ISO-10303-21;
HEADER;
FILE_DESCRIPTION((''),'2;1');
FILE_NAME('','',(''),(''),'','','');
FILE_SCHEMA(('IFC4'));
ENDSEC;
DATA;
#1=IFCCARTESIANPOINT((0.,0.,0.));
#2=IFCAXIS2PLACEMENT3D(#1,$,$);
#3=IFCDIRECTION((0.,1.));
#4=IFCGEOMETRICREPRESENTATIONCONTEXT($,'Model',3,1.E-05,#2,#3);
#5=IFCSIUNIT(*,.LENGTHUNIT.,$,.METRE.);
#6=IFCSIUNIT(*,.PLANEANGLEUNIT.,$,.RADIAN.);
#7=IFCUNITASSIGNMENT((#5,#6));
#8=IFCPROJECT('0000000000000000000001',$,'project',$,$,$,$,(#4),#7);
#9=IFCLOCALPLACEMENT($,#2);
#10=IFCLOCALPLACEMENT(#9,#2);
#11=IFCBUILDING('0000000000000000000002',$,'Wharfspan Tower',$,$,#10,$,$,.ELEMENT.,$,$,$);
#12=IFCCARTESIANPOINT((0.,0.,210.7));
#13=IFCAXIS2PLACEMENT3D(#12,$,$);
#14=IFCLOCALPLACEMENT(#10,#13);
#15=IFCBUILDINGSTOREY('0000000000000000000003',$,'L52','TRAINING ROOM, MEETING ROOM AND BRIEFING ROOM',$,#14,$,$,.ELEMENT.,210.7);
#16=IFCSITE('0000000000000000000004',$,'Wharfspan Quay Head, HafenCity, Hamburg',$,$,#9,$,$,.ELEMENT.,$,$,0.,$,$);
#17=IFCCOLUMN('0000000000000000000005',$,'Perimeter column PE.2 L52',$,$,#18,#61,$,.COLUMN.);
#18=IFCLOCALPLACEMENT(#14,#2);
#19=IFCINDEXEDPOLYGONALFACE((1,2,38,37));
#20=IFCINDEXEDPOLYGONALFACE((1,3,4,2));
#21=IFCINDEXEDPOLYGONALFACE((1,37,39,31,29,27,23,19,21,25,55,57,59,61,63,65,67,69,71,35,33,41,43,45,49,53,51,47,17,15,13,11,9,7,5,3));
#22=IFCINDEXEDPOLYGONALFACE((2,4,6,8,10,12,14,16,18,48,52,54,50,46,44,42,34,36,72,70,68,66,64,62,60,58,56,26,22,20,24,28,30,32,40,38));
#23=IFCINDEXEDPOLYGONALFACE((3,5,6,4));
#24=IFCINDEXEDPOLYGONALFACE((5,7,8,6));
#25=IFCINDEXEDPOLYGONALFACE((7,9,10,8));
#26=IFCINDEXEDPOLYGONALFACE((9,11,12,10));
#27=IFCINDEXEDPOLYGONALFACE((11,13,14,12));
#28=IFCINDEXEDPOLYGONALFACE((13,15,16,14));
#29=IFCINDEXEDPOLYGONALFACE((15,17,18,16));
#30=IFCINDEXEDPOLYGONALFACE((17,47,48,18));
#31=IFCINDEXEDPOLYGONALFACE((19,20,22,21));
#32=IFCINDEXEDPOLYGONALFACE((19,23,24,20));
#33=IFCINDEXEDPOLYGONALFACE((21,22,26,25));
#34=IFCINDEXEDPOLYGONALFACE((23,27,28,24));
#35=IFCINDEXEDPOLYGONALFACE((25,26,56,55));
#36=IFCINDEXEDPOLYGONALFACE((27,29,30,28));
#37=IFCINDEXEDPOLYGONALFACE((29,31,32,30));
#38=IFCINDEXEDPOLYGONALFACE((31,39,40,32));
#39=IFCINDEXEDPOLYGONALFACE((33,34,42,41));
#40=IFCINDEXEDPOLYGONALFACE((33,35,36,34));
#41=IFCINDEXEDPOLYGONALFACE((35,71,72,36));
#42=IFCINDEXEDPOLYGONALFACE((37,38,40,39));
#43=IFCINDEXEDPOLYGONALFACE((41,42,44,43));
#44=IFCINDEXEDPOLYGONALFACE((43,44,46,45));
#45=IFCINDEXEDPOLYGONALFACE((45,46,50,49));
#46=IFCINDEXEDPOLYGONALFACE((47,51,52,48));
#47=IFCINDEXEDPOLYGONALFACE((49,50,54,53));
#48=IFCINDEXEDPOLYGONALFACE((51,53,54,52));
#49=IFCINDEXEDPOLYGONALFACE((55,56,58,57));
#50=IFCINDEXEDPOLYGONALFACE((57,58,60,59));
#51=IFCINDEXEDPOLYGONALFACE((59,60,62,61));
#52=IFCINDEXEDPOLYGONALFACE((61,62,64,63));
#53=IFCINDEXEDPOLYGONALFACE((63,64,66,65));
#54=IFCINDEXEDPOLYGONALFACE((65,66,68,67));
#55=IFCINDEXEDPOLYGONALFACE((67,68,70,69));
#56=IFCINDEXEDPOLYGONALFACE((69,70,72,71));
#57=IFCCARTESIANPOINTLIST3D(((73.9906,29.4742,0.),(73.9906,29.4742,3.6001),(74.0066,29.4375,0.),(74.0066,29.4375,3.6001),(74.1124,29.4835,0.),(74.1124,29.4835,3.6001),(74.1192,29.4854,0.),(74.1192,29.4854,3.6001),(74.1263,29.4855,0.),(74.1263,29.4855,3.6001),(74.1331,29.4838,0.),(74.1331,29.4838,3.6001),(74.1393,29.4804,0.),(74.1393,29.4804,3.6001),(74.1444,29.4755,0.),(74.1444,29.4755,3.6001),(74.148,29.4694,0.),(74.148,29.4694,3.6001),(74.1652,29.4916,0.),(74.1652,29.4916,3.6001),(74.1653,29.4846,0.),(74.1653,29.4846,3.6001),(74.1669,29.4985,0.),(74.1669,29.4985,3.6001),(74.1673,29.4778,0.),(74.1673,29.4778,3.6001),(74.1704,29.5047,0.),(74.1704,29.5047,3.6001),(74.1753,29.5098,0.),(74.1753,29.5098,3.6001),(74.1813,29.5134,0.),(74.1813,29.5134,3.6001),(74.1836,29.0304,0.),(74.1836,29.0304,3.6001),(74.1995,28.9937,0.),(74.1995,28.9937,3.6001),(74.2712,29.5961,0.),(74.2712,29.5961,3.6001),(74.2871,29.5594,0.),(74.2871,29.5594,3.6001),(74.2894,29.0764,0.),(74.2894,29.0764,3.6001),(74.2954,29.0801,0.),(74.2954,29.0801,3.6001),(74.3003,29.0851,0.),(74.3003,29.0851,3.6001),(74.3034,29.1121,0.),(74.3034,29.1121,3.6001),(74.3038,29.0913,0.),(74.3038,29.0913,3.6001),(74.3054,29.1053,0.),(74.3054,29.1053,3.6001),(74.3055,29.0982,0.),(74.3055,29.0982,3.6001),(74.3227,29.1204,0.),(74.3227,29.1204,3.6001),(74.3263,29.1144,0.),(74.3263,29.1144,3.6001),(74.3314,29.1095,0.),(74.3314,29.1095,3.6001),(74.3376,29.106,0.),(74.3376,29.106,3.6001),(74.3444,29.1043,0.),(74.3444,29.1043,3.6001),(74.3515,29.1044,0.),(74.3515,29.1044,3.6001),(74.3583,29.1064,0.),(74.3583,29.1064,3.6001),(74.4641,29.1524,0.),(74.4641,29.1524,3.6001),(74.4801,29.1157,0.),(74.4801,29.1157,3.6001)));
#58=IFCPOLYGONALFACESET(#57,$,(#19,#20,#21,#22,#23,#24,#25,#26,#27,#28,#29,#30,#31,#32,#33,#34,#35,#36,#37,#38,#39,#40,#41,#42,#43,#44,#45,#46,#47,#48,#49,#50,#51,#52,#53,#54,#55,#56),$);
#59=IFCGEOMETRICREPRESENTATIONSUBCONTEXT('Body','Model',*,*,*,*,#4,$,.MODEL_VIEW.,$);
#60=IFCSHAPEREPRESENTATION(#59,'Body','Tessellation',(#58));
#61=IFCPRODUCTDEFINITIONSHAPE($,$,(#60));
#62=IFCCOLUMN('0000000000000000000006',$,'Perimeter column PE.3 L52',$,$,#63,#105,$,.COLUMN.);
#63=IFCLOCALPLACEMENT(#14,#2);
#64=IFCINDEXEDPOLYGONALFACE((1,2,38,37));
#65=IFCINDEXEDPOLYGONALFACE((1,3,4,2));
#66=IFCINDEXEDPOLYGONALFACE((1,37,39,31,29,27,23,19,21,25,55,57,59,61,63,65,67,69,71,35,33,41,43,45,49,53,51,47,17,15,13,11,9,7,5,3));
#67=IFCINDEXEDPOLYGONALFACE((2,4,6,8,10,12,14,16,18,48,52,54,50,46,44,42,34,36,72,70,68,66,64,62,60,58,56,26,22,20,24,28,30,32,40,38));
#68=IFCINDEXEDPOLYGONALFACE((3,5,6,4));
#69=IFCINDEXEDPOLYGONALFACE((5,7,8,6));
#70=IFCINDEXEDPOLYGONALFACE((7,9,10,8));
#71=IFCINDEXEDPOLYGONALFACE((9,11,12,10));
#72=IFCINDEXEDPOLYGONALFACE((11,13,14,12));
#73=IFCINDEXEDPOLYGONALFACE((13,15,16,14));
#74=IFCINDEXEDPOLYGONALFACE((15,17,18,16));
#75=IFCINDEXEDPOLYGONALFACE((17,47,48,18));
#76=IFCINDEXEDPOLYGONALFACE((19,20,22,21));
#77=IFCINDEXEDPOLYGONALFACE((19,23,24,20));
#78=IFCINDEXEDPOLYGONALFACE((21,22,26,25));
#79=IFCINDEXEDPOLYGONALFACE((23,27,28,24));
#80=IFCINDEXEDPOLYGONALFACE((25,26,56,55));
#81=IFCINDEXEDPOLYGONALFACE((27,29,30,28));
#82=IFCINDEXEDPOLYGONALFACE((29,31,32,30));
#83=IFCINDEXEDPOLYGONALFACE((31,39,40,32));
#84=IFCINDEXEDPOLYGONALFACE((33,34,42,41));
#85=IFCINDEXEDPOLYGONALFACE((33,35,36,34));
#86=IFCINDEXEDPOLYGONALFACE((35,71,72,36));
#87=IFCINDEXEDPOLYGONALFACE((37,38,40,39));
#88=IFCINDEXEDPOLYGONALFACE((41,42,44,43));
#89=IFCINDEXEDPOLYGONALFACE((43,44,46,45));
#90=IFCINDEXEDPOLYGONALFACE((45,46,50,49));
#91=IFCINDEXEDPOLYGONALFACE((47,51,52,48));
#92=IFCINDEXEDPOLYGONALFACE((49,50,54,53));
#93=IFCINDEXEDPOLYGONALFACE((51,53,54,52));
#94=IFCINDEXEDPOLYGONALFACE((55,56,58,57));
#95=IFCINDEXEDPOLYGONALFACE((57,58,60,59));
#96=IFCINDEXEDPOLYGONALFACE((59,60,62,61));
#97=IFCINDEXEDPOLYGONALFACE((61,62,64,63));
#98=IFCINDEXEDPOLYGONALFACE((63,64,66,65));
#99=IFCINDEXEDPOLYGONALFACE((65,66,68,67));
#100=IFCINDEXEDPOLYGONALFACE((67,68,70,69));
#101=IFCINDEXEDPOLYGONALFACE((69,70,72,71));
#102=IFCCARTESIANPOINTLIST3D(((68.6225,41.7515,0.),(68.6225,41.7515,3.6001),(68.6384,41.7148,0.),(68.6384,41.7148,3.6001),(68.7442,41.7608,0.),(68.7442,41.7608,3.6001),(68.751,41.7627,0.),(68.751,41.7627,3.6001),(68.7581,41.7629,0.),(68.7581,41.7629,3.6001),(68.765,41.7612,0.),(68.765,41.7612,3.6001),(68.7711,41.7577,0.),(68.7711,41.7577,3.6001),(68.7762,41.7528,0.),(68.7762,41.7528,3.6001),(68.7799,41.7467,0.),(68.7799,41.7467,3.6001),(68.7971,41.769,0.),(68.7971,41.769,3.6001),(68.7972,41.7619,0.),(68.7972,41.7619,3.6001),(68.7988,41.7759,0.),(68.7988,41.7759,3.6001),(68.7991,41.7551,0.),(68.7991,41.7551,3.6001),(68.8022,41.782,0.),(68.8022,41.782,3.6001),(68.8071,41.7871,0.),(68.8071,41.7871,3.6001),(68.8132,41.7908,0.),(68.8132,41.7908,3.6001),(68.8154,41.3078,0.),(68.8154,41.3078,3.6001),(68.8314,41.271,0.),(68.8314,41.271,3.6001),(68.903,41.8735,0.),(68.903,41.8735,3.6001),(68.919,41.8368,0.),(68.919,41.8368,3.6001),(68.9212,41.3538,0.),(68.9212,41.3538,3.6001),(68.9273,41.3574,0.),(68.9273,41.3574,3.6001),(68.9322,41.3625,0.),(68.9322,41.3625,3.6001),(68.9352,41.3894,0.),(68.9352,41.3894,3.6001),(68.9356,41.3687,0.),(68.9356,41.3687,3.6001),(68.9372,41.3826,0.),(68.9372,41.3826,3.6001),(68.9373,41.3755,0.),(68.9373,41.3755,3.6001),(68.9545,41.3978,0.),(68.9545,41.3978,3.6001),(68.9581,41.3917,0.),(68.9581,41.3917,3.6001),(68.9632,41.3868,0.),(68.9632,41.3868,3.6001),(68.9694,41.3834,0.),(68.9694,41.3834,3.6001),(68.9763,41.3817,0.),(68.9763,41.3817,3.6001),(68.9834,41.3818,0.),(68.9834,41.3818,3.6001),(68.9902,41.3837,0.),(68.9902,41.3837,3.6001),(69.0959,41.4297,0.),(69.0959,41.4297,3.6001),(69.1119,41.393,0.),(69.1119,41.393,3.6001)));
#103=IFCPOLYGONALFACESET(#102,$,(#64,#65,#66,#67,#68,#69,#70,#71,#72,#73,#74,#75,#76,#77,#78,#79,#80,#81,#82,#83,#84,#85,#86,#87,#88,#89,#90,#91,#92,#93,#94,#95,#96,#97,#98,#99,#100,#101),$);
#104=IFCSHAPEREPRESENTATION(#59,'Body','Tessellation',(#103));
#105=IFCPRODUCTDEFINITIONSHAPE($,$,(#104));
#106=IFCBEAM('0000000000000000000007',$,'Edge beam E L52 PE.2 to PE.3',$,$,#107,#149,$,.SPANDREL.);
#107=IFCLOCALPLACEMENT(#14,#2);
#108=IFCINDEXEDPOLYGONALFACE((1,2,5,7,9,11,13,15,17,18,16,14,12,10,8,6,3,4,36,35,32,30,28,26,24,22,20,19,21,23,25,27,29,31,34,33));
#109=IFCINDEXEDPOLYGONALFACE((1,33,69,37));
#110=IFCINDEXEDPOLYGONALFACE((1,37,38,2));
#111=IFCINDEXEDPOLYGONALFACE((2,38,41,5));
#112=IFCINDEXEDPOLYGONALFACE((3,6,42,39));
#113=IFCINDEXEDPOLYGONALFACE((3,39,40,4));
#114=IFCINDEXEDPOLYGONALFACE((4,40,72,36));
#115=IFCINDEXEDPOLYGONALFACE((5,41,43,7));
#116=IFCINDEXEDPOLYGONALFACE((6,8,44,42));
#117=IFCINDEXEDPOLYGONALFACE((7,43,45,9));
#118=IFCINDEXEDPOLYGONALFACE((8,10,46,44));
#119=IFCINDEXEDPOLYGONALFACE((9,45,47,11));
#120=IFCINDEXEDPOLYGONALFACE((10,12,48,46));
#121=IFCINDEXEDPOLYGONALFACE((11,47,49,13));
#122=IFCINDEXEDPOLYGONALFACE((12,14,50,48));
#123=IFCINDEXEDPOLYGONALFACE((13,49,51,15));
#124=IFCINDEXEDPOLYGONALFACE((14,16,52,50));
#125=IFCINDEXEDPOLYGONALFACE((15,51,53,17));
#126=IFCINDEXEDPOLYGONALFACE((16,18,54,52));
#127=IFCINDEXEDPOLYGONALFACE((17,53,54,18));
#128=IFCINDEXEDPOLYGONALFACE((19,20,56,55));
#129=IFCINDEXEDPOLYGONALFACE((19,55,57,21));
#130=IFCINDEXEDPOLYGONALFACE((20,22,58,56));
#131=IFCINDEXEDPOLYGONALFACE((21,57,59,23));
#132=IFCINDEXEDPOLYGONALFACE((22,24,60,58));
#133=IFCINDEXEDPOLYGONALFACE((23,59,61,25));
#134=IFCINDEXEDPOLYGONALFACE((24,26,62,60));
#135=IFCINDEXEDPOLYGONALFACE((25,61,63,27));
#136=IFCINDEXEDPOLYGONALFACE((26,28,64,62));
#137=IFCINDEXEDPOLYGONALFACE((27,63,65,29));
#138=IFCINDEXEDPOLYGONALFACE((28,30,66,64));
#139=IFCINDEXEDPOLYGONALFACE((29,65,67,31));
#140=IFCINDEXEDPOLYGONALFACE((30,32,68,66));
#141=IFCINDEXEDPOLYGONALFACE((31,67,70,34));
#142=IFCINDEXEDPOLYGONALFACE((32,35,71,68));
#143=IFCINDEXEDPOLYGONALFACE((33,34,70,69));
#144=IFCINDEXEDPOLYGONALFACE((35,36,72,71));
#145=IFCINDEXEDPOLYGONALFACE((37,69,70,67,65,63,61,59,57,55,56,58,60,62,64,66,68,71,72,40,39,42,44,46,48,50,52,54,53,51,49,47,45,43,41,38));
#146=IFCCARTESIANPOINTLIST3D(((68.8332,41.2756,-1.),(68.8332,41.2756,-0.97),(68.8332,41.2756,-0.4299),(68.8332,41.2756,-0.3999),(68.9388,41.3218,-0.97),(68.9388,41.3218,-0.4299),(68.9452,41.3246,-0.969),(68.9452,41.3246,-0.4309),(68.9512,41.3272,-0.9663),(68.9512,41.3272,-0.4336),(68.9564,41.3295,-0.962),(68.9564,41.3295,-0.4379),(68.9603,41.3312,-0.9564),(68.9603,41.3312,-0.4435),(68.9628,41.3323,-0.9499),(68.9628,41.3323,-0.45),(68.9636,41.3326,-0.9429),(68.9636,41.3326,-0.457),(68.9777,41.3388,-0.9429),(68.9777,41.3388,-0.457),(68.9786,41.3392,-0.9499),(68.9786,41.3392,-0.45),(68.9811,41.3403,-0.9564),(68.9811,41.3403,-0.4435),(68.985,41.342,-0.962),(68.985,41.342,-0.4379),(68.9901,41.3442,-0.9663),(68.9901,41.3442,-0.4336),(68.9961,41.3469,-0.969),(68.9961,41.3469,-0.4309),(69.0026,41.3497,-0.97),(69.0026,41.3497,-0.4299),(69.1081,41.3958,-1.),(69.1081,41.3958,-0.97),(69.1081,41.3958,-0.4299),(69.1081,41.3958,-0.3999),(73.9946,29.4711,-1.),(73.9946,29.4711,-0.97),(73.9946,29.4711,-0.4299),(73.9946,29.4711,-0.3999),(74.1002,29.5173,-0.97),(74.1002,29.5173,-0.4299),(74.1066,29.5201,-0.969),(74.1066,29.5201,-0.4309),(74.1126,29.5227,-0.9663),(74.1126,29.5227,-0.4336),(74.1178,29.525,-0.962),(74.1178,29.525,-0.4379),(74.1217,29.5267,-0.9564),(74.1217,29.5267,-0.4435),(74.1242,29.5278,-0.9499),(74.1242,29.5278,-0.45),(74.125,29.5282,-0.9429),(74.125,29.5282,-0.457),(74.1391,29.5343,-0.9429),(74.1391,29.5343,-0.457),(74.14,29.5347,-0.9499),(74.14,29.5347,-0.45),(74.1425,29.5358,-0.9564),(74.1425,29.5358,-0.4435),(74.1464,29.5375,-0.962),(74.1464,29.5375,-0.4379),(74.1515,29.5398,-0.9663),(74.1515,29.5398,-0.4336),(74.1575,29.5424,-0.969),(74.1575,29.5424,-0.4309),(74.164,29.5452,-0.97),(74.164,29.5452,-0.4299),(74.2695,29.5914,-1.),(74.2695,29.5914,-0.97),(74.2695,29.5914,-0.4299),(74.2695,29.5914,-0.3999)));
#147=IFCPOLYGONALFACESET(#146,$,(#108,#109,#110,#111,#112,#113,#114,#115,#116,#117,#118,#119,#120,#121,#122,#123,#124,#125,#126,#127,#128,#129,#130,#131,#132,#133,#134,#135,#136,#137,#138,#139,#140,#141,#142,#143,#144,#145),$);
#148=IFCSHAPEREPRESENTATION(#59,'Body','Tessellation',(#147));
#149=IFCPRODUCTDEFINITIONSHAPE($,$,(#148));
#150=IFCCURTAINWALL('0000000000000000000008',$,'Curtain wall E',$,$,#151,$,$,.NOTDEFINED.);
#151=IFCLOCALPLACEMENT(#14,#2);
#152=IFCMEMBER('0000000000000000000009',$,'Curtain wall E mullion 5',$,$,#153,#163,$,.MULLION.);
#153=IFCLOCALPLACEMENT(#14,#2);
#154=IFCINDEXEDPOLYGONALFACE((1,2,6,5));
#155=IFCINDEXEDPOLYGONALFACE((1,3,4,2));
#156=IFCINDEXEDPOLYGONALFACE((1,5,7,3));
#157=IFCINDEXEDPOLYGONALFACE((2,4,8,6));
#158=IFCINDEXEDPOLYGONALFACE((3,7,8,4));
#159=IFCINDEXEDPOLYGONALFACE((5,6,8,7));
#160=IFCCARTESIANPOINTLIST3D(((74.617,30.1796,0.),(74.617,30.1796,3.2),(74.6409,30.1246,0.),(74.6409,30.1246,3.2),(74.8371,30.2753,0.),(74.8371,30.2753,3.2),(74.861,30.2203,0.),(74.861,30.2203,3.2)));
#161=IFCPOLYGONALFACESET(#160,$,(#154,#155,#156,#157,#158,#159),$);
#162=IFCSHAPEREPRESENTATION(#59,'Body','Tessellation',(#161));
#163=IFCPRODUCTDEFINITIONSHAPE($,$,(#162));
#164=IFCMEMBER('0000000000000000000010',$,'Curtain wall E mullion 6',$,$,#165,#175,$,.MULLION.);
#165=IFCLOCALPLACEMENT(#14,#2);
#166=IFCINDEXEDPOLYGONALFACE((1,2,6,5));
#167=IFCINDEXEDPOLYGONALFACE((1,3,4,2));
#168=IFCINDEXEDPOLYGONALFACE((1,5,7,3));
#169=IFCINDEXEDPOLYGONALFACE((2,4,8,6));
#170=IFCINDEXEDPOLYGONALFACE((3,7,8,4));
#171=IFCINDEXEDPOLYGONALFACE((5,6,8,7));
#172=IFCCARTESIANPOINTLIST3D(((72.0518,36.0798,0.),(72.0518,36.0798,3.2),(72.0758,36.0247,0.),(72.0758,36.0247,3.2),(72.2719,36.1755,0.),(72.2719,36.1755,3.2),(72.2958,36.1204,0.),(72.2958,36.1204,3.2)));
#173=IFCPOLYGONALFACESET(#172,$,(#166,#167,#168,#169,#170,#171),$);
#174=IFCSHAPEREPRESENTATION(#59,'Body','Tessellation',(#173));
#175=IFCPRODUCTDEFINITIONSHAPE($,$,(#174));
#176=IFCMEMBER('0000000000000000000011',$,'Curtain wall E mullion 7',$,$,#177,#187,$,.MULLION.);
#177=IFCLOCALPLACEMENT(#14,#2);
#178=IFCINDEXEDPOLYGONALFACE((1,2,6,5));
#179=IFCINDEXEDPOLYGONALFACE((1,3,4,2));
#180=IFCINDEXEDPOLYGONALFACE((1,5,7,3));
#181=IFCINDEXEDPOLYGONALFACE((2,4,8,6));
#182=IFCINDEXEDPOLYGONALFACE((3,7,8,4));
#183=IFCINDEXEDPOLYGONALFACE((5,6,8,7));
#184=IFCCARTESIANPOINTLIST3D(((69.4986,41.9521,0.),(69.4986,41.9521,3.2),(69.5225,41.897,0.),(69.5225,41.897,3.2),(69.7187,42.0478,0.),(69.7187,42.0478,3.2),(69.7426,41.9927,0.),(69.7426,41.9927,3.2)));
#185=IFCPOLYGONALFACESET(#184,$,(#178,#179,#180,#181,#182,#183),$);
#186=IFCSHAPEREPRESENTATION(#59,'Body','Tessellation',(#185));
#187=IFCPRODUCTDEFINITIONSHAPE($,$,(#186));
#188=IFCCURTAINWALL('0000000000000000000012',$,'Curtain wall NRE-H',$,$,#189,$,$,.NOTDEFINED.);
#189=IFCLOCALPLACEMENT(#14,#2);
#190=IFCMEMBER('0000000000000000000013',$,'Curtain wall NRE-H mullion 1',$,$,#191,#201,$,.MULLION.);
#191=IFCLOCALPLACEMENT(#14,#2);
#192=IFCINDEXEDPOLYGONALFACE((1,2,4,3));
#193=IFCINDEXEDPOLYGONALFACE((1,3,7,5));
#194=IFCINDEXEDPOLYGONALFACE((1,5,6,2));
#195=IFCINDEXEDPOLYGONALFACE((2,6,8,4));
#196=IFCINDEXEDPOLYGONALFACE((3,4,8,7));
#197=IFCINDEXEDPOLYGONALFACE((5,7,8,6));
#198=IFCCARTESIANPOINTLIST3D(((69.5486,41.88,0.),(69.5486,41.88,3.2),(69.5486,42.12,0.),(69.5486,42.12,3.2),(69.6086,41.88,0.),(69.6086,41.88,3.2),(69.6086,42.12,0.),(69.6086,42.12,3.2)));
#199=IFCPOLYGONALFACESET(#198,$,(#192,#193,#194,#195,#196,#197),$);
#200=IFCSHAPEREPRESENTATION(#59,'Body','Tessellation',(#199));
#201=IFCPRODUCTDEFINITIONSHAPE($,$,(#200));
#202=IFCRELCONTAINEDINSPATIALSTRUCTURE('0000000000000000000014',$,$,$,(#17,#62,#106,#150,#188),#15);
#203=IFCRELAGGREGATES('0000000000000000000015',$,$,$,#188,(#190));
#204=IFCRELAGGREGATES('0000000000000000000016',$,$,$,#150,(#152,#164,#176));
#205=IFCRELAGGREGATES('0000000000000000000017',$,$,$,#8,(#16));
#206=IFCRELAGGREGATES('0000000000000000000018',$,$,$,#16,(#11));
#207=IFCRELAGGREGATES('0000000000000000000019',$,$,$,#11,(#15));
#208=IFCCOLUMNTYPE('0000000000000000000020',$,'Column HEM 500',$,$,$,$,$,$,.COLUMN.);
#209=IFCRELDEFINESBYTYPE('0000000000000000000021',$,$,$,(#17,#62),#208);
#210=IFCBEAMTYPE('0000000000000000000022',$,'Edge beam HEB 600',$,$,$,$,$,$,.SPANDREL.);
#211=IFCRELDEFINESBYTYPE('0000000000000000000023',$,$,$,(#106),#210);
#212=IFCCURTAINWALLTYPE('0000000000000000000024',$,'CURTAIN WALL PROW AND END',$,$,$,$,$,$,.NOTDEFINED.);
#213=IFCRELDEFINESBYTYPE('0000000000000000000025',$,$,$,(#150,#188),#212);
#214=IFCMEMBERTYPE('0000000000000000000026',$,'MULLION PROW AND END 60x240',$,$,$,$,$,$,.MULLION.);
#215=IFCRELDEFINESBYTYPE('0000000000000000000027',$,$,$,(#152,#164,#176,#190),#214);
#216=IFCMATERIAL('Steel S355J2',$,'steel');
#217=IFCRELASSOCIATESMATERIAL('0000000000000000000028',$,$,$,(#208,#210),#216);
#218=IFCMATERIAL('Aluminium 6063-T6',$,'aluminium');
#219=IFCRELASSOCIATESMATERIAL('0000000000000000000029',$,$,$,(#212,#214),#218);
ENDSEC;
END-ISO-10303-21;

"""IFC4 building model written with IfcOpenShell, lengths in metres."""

from ifc_helpers import new_model, si_unit, direction, frame, origin, origin_2d, place, context, subcontext, project, spatial, rectangle, i_section, extrude, material, material_profile, profile_set, type_object, element, aggregate, save


model = new_model("IFC4")

# Units and contexts
model_context = context("Model", 3, precision=1e-05, world=origin(), true_north=direction((0.0, 1.0)))
body_context = subcontext(model_context, "Body", "Model", "MODEL_VIEW")
ifc_project = project(units=[si_unit("LENGTHUNIT", "METRE"), si_unit("PLANEANGLEUNIT", "RADIAN")], contexts=[model_context])

# Site, building, storey
site_placement = place(None, origin())
site = spatial("IfcSite", under=ifc_project, at=site_placement, Name="Wharfspan Quay Head, HafenCity, Hamburg", CompositionType="ELEMENT", RefElevation=0.0)
building_placement = place(site_placement, origin())
building = spatial("IfcBuilding", under=site, at=building_placement, Name="Wharfspan Tower", CompositionType="ELEMENT")
storey_placement = place(building_placement, frame((0.0, 0.0, 210.7)))
storey = spatial("IfcBuildingStorey", under=building, at=storey_placement, Name="L52", Description="TRAINING ROOM, MEETING ROOM AND BRIEFING ROOM", CompositionType="ELEMENT", Elevation=210.7)

# Columns
ifc_material_1 = material(Name="Steel S355J2", Category="steel")
ifc_material_profile_1 = material_profile(ifc_material_1, i_section(OverallWidth=0.3059, OverallDepth=0.5239, WebThickness=0.021, FlangeThickness=0.04, FilletRadius=0.0271, at=origin_2d()))
ifc_profile_set_1 = profile_set([ifc_material_profile_1], Name="Steel S355J2")
column_type = type_object("IfcColumnType", Name="Column HEM 500", PredefinedType="COLUMN", material=ifc_profile_set_1)
for number, where, z_axis, x_axis, name in (
    (1, (74.2354, 29.2949, 0.0), (0.0, 0.0, 1.0), (0.917072, 0.398727, 0.0), "Perimeter column PE.2 L52"),
    (2, (68.8672, 41.5723, 0.0), (0.0, 0.0, 1.0), (0.917072, 0.398727, 0.0), "Perimeter column PE.3 L52"),
):
    element("IfcColumn", number, at=place(storey_placement, frame(where, z_axis=z_axis, x_axis=x_axis)), inside=storey, type_object=column_type, Name=name, PredefinedType="COLUMN", context=body_context, shape_type="SweptSolid", body=[
        extrude(i_section(OverallWidth=0.3059, OverallDepth=0.5239, WebThickness=0.021, FlangeThickness=0.04, FilletRadius=0.0271, at=origin_2d()), origin(), (0.0, 0.0, 1.0), 3.6001),
    ])

# Beam
ifc_material_profile_2 = material_profile(ifc_material_1, i_section(OverallWidth=0.3, OverallDepth=0.6001, WebThickness=0.0154, FlangeThickness=0.03, FilletRadius=0.0271, at=origin_2d()))
ifc_profile_set_2 = profile_set([ifc_material_profile_2], Name="Steel S355J2")
beam_type = type_object("IfcBeamType", Name="Edge beam HEB 600", PredefinedType="SPANDREL", material=ifc_profile_set_2)
beam_placement = place(storey_placement, frame((74.1321, 29.5312, -0.7), z_axis=(-0.400619, 0.916245, 0.0), x_axis=(-0.916245, -0.400619, 0.0)))
element("IfcBeam", 3, at=beam_placement, inside=storey, type_object=beam_type, Name="Edge beam E L52 PE.2 to PE.3", PredefinedType="SPANDREL", context=body_context, shape_type="SweptSolid", body=[
    extrude(i_section(OverallWidth=0.3, OverallDepth=0.6001, WebThickness=0.0154, FlangeThickness=0.03, FilletRadius=0.0271, at=origin_2d()), origin(), (0.0, 0.0, 1.0), 12.8835),
])

# Curtain wall, members
ifc_material_2 = material(Name="Aluminium 6063-T6", Category="aluminium")
curtain_wall_type = type_object("IfcCurtainWallType", Name="CURTAIN WALL PROW AND END", PredefinedType="NOTDEFINED", material=ifc_material_2)
curtain_wall_1_placement = place(storey_placement, origin())
curtain_wall_1 = element("IfcCurtainWall", 4, at=curtain_wall_1_placement, inside=storey, type_object=curtain_wall_type, Name="Curtain wall E", PredefinedType="NOTDEFINED")
ifc_material_profile_3 = material_profile(ifc_material_2, rectangle(XDim=0.24, YDim=0.0601, at=origin_2d()))
ifc_profile_set_3 = profile_set([ifc_material_profile_3], Name="Aluminium 6063-T6")
member_type_1 = type_object("IfcMemberType", Name="MULLION PROW AND END 60x240", PredefinedType="MULLION", material=ifc_profile_set_3)
member_1_placement = place(storey_placement, frame((74.739, 30.2, 0.0), z_axis=(0.0, 0.0, 1.0), x_axis=(-0.917072, -0.398727, 0.0)))
member_1 = element("IfcMember", 5, at=member_1_placement, type_object=member_type_1, Name="Curtain wall E mullion 5", PredefinedType="MULLION", context=body_context, shape_type="SweptSolid", body=[
    extrude(rectangle(XDim=0.24, YDim=0.0601, at=origin_2d()), origin(), (0.0, 0.0, 1.0), 3.2),
])
member_2_placement = place(storey_placement, frame((72.1738, 36.1001, 0.0), z_axis=(0.0, 0.0, 1.0), x_axis=(-0.917072, -0.398727, 0.0)))
member_2 = element("IfcMember", 6, at=member_2_placement, type_object=member_type_1, Name="Curtain wall E mullion 6", PredefinedType="MULLION", context=body_context, shape_type="SweptSolid", body=[
    extrude(rectangle(XDim=0.24, YDim=0.0601, at=origin_2d()), origin(), (0.0, 0.0, 1.0), 3.2),
])
member_3_placement = place(storey_placement, frame((69.6206, 41.9724, 0.0), z_axis=(0.0, 0.0, 1.0), x_axis=(-0.917072, -0.398727, 0.0)))
member_3 = element("IfcMember", 7, at=member_3_placement, type_object=member_type_1, Name="Curtain wall E mullion 7", PredefinedType="MULLION", context=body_context, shape_type="SweptSolid", body=[
    extrude(rectangle(XDim=0.24, YDim=0.0601, at=origin_2d()), origin(), (0.0, 0.0, 1.0), 3.2),
])

# Curtain wall, member
curtain_wall_2_placement = place(storey_placement, origin())
curtain_wall_2 = element("IfcCurtainWall", 8, at=curtain_wall_2_placement, inside=storey, type_object=curtain_wall_type, Name="Curtain wall NRE-H", PredefinedType="NOTDEFINED")
member_4_placement = place(storey_placement, frame((69.5786, 42.0, 0.0), z_axis=(0.0, 0.0, 1.0), x_axis=(0.0, -1.0, 0.0)))
member_4 = element("IfcMember", 9, at=member_4_placement, type_object=member_type_1, Name="Curtain wall NRE-H mullion 1", PredefinedType="MULLION", context=body_context, shape_type="SweptSolid", body=[
    extrude(rectangle(XDim=0.24, YDim=0.0601, at=origin_2d()), origin(), (0.0, 0.0, 1.0), 3.2),
])

aggregate(curtain_wall_2, [member_4])

aggregate(curtain_wall_1, [member_1, member_2, member_3])

save(model, "model.ifc")
